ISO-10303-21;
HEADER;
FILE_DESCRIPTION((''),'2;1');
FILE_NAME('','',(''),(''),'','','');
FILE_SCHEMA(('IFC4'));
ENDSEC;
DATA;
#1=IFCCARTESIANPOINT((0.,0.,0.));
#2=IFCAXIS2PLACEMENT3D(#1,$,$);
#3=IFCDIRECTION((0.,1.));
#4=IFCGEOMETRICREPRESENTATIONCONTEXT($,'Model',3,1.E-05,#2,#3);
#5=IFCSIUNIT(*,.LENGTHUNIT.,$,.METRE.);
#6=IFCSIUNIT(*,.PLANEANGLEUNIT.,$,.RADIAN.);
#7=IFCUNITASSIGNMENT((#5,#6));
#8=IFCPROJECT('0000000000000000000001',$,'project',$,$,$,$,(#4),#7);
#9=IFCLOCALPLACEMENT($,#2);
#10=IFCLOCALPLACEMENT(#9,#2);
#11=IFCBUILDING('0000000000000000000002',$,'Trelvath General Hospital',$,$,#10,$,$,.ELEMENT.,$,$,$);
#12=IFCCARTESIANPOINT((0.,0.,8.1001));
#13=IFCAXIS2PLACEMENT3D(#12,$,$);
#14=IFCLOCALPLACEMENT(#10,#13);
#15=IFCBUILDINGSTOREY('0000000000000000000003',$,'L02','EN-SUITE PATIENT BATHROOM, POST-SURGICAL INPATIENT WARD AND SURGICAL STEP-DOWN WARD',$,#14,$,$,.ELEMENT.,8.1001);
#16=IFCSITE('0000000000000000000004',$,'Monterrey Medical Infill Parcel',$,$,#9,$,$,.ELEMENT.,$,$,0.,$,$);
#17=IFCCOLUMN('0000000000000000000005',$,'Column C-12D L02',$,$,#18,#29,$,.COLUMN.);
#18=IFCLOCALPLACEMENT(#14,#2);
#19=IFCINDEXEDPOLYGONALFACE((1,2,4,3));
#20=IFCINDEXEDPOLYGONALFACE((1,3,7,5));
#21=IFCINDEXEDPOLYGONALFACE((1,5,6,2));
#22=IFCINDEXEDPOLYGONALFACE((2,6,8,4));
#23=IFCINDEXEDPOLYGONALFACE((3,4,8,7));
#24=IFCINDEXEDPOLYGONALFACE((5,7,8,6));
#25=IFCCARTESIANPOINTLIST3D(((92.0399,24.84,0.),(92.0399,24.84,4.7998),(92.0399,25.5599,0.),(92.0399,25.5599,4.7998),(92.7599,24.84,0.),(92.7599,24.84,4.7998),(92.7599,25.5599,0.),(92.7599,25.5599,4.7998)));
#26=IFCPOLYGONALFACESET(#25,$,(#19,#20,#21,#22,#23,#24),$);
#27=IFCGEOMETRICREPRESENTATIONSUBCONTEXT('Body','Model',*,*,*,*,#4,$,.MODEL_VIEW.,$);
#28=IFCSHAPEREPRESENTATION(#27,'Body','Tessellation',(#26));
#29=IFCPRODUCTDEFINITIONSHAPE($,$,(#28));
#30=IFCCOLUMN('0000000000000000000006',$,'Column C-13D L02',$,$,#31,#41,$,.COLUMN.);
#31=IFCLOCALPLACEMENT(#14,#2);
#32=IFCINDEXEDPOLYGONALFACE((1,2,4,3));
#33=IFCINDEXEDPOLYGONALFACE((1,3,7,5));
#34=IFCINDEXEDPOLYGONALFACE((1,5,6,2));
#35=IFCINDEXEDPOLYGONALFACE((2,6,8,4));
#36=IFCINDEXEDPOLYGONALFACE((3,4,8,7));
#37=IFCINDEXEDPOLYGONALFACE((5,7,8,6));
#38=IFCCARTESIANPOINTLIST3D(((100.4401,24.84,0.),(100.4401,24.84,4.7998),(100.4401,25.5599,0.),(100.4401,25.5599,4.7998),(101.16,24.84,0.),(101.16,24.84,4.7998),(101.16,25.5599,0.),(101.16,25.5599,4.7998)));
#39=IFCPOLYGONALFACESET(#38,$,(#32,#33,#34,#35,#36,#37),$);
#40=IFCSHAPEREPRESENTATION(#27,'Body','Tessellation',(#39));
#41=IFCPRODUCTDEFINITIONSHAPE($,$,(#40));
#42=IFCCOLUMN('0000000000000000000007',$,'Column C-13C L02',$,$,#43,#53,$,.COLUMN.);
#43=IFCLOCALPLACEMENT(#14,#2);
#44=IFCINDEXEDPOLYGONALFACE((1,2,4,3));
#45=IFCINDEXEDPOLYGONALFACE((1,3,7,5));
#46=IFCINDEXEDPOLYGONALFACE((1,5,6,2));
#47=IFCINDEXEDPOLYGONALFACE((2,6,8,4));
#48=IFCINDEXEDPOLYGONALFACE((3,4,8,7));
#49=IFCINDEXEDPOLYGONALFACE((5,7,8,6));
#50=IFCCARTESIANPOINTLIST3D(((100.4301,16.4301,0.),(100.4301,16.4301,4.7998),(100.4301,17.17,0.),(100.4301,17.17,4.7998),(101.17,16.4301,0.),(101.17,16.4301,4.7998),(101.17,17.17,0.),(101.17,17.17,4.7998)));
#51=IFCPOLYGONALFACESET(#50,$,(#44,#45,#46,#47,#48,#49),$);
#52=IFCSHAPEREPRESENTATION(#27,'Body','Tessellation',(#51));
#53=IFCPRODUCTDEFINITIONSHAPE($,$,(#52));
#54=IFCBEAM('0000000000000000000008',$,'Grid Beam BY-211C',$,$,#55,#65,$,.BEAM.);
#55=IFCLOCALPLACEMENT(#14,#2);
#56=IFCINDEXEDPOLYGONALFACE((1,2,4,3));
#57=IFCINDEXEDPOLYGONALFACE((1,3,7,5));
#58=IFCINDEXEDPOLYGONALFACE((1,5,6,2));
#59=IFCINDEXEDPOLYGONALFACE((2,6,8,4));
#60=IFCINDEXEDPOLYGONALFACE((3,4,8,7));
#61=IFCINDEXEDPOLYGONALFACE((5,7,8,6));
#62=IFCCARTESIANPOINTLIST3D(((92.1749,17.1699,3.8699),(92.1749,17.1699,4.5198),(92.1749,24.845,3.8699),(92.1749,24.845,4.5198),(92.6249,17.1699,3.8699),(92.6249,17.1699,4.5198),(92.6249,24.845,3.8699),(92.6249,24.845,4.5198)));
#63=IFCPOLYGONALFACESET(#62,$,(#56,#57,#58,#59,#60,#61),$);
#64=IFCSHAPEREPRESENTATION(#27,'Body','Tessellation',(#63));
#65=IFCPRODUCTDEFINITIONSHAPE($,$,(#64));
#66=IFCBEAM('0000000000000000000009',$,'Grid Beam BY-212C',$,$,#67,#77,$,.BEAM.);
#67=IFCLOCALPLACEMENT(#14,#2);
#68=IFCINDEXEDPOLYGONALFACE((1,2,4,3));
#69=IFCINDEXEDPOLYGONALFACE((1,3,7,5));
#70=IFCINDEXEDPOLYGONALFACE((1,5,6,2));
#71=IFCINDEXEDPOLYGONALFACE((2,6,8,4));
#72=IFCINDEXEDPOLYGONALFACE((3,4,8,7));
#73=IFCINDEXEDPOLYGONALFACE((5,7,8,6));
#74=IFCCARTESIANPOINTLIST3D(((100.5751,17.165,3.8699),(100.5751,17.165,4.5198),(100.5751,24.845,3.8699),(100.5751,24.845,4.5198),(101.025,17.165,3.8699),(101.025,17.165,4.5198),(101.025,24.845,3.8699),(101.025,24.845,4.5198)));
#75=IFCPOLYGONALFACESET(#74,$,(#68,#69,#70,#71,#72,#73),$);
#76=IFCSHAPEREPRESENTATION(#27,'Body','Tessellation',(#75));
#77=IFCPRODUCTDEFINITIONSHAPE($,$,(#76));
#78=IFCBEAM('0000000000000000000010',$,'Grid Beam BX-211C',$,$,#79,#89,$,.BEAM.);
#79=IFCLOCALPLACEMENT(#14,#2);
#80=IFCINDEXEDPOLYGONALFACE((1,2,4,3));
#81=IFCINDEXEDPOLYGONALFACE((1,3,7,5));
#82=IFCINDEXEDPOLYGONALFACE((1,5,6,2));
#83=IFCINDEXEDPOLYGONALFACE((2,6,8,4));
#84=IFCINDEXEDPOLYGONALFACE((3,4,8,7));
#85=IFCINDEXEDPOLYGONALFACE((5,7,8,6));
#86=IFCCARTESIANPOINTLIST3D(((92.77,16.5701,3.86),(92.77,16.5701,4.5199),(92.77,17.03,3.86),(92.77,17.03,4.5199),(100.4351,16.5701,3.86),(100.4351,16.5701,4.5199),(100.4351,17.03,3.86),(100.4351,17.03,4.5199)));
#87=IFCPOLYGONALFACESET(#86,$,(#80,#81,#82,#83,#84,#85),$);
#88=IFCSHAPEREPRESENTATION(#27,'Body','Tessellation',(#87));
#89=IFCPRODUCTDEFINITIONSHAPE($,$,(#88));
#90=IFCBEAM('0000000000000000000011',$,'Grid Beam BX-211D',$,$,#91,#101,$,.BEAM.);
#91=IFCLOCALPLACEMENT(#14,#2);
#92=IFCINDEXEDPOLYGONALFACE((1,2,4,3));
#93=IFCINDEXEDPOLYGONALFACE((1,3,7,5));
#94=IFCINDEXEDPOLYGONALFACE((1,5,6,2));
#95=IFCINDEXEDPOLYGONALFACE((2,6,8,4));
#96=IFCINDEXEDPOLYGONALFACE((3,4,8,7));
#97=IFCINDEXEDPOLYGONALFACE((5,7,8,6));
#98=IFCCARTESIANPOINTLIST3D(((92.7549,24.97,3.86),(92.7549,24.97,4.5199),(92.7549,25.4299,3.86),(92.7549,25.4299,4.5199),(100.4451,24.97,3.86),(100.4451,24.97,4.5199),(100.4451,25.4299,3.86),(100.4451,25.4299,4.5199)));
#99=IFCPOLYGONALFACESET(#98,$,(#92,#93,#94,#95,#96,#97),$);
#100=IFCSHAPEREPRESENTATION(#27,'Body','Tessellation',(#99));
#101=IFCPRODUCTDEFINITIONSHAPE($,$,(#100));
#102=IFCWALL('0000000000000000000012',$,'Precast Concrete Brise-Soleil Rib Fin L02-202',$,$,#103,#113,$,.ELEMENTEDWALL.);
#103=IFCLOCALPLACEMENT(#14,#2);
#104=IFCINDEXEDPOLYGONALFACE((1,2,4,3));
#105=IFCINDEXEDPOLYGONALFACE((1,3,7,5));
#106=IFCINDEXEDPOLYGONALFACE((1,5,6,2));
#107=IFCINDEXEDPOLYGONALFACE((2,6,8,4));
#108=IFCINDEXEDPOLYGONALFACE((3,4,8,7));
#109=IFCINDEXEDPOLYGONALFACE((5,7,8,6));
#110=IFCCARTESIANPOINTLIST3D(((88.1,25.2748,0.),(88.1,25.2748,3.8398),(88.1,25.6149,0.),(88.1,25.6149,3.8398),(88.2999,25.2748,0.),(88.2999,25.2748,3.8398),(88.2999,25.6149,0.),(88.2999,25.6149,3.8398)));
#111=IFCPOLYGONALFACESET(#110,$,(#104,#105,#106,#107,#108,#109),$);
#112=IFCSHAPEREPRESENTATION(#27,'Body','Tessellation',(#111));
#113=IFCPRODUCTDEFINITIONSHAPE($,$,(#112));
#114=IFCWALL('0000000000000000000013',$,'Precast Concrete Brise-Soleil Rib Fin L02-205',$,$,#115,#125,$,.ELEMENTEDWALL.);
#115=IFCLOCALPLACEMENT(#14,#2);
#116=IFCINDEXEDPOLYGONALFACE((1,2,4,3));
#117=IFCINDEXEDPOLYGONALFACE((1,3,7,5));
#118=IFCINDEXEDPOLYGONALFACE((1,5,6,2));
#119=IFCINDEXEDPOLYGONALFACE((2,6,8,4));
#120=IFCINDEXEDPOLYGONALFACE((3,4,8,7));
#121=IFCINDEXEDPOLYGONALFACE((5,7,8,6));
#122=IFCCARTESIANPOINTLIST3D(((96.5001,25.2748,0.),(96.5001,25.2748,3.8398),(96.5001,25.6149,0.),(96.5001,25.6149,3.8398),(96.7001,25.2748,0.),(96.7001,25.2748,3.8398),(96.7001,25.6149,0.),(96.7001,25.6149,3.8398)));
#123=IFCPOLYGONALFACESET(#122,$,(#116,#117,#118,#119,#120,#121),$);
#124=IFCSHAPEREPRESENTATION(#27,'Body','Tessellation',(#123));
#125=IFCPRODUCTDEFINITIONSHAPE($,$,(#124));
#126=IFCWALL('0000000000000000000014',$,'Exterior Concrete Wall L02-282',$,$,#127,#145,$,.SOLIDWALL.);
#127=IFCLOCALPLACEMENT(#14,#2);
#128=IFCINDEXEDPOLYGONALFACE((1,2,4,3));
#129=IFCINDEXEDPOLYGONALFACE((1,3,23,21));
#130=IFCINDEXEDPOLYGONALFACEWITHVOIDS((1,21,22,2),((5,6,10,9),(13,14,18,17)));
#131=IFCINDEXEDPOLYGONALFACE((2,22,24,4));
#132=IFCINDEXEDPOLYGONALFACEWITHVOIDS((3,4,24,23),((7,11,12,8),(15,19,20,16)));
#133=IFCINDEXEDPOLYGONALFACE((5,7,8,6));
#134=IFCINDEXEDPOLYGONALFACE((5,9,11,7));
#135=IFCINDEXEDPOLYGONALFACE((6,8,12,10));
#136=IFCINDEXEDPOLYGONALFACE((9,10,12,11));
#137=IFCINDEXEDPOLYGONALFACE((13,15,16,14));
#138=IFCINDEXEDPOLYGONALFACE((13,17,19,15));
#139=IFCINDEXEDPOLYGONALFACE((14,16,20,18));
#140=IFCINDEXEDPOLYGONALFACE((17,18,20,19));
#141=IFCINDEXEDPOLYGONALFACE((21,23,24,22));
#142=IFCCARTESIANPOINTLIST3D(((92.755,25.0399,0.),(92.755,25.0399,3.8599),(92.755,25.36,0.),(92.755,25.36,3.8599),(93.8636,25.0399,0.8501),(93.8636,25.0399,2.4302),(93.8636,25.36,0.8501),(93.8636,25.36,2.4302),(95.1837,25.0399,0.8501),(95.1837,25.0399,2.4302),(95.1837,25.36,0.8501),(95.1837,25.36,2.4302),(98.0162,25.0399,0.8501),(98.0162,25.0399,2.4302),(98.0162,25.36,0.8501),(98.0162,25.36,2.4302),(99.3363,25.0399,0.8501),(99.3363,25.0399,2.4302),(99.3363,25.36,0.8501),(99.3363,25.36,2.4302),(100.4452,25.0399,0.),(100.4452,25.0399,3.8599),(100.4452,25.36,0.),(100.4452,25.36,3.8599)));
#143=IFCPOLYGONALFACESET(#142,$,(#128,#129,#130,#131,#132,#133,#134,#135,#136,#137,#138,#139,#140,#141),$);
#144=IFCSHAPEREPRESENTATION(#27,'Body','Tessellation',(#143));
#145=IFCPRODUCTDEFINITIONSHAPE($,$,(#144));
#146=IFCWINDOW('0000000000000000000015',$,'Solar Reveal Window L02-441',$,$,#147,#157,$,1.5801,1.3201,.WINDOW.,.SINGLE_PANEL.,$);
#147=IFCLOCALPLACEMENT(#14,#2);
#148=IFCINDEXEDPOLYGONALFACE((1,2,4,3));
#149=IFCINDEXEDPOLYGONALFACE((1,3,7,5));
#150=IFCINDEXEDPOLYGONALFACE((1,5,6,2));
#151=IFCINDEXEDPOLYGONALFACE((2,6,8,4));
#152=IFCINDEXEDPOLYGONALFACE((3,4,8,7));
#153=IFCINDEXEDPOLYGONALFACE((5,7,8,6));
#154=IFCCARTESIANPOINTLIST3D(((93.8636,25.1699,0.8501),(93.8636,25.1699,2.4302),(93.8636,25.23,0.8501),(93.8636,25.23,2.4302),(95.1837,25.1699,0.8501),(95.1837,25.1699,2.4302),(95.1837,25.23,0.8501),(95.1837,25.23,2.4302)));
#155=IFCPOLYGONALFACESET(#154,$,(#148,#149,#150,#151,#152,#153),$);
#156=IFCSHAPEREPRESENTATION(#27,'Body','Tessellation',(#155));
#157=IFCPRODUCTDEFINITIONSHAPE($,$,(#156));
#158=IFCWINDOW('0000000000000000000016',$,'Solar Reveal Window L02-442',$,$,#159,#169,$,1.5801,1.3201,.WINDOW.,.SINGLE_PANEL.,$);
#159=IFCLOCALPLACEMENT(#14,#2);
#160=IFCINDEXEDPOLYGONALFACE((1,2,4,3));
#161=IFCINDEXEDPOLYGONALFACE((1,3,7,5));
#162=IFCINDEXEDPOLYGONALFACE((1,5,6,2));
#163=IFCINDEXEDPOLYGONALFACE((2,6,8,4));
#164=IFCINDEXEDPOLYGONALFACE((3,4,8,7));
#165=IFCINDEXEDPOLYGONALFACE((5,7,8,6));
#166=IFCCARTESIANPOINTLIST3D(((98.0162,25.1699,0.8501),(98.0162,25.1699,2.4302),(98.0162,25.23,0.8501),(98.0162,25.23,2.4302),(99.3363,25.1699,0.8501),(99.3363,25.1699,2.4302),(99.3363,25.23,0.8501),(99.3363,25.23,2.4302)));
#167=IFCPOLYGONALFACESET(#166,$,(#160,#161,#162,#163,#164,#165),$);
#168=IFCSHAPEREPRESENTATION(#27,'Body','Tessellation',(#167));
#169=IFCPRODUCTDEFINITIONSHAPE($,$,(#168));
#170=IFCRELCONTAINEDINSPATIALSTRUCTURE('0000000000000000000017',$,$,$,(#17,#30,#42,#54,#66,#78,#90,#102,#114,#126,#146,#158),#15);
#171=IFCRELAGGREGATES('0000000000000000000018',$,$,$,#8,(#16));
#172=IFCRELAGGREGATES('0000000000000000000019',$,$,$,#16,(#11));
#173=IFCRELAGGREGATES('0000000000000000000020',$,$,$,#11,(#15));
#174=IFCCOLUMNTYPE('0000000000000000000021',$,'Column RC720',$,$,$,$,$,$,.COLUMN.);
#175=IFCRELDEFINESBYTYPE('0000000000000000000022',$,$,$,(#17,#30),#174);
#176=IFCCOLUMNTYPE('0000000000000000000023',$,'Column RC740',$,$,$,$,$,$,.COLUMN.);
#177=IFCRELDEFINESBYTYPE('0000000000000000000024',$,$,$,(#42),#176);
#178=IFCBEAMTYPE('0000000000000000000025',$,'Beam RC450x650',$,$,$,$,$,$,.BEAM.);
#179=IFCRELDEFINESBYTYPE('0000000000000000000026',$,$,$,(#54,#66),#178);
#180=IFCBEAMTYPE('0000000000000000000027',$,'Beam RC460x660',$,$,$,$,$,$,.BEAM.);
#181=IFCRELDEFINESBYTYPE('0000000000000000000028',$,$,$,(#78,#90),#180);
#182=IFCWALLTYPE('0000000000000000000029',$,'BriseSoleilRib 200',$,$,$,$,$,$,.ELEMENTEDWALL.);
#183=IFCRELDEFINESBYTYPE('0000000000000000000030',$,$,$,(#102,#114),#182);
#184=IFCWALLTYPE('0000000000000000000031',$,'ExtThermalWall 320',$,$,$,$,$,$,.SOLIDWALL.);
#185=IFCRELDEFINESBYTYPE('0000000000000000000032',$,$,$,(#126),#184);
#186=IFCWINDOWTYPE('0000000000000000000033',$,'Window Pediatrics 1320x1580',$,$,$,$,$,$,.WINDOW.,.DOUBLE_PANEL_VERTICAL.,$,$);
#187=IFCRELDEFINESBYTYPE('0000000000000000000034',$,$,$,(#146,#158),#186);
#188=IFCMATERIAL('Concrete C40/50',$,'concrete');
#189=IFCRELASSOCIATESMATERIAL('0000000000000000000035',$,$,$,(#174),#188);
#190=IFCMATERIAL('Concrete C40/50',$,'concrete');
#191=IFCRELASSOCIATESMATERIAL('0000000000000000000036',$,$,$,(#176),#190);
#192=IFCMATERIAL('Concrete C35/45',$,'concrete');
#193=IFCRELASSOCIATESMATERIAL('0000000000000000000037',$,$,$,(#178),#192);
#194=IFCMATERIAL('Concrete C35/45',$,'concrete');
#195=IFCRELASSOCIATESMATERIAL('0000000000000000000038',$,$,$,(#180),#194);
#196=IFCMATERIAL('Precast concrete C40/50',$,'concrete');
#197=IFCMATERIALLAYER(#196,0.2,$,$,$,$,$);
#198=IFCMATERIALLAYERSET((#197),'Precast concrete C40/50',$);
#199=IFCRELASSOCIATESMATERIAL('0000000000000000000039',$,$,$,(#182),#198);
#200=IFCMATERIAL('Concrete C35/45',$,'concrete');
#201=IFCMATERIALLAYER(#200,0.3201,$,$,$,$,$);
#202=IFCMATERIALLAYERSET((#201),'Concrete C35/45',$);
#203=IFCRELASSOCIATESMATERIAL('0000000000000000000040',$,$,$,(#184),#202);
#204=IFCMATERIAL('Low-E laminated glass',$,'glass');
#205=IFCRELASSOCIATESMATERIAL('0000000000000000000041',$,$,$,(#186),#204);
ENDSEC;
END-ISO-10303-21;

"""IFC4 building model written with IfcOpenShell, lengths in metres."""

from ifc_helpers import new_model, si_unit, direction, frame, frame_2d, origin, origin_2d, place, context, subcontext, project, spatial, rectangle, extrude, material, layer, layer_set, material_profile, profile_set, type_object, element, fill, save


model = new_model("IFC4")

# Units and contexts
model_context = context("Model", 3, precision=1e-05, world=origin(), true_north=direction((0.0, 1.0)))
body_context = subcontext(model_context, "Body", "Model", "MODEL_VIEW")
ifc_project = project(units=[si_unit("LENGTHUNIT", "METRE"), si_unit("PLANEANGLEUNIT", "RADIAN")], contexts=[model_context])

# Site, building, storey
site_placement = place(None, origin())
site = spatial("IfcSite", under=ifc_project, at=site_placement, Name="Monterrey Medical Infill Parcel", CompositionType="ELEMENT", RefElevation=0.0)
building_placement = place(site_placement, origin())
building = spatial("IfcBuilding", under=site, at=building_placement, Name="Trelvath General Hospital", CompositionType="ELEMENT")
storey_placement = place(building_placement, frame((0.0, 0.0, 8.1001)))
storey = spatial("IfcBuildingStorey", under=building, at=storey_placement, Name="L02", Description="EN-SUITE PATIENT BATHROOM, POST-SURGICAL INPATIENT WARD AND SURGICAL STEP-DOWN WARD", CompositionType="ELEMENT", Elevation=8.1001)

# Columns
ifc_material_1 = material(Name="Concrete C40/50", Category="concrete")
ifc_material_profile_1 = material_profile(ifc_material_1, rectangle(XDim=0.72, YDim=0.72, at=origin_2d()), Name="RC720x720")
ifc_profile_set_1 = profile_set([ifc_material_profile_1], Name="Concrete C40/50")
column_type_1 = type_object("IfcColumnType", Name="Column RC720", PredefinedType="COLUMN", material=ifc_profile_set_1)
for number, where, z_axis, x_axis, name in (
    (1, (92.3999, 25.2, 0.0), (0.0, 0.0, 1.0), (1.0, 0.0, 0.0), "Column C-12D L02"),
    (2, (100.8, 25.2, 0.0), (0.0, 0.0, 1.0), (1.0, 0.0, 0.0), "Column C-13D L02"),
):
    element("IfcColumn", number, at=place(storey_placement, frame(where, z_axis=z_axis, x_axis=x_axis)), inside=storey, type_object=column_type_1, Name=name, PredefinedType="COLUMN", context=body_context, shape_type="SweptSolid", body=[
        extrude(rectangle(XDim=0.72, YDim=0.72, at=origin_2d()), origin(), (0.0, 0.0, 1.0), 4.7998),
    ])
ifc_material_2 = material(Name="Concrete C40/50", Category="concrete")
ifc_material_profile_2 = material_profile(ifc_material_2, rectangle(XDim=0.74, YDim=0.74, at=origin_2d()), Name="RC740x740")
ifc_profile_set_2 = profile_set([ifc_material_profile_2], Name="Concrete C40/50")
column_type_2 = type_object("IfcColumnType", Name="Column RC740", PredefinedType="COLUMN", material=ifc_profile_set_2)
column_placement = place(storey_placement, frame((100.8, 16.8, 0.0), z_axis=(0.0, 0.0, 1.0), x_axis=(1.0, 0.0, 0.0)))
element("IfcColumn", 3, at=column_placement, inside=storey, type_object=column_type_2, Name="Column C-13C L02", PredefinedType="COLUMN", context=body_context, shape_type="SweptSolid", body=[
    extrude(rectangle(XDim=0.74, YDim=0.74, at=origin_2d()), origin(), (0.0, 0.0, 1.0), 4.7998),
])

# Beams
ifc_material_3 = material(Name="Concrete C35/45", Category="concrete")
ifc_material_profile_3 = material_profile(ifc_material_3, rectangle(XDim=0.45, YDim=0.6499, at=origin_2d()), Name="RCB450x650")
ifc_profile_set_3 = profile_set([ifc_material_profile_3], Name="Concrete C35/45")
beam_type_1 = type_object("IfcBeamType", Name="Beam RC450x650", PredefinedType="BEAM", material=ifc_profile_set_3)
beam_1_placement = place(storey_placement, frame((92.3999, 17.1699, 4.1948), z_axis=(0.0, 1.0, 0.0), x_axis=(-1.0, 0.0, 0.0)))
element("IfcBeam", 4, at=beam_1_placement, inside=storey, type_object=beam_type_1, Name="Grid Beam BY-211C", PredefinedType="BEAM", context=body_context, shape_type="SweptSolid", body=[
    extrude(rectangle(XDim=0.45, YDim=0.6499, at=origin_2d()), origin(), (0.0, 0.0, 1.0), 7.675),
])
beam_2_placement = place(storey_placement, frame((100.8, 17.165, 4.1948), z_axis=(0.0, 1.0, 0.0), x_axis=(-1.0, 0.0, 0.0)))
element("IfcBeam", 5, at=beam_2_placement, inside=storey, type_object=beam_type_1, Name="Grid Beam BY-212C", PredefinedType="BEAM", context=body_context, shape_type="SweptSolid", body=[
    extrude(rectangle(XDim=0.45, YDim=0.6499, at=origin_2d()), origin(), (0.0, 0.0, 1.0), 7.6799),
])
ifc_material_4 = material(Name="Concrete C35/45", Category="concrete")
ifc_material_profile_4 = material_profile(ifc_material_4, rectangle(XDim=0.46, YDim=0.6599, at=origin_2d()), Name="RCB460x660")
ifc_profile_set_4 = profile_set([ifc_material_profile_4], Name="Concrete C35/45")
beam_type_2 = type_object("IfcBeamType", Name="Beam RC460x660", PredefinedType="BEAM", material=ifc_profile_set_4)
beam_3_placement = place(storey_placement, frame((92.77, 16.8, 4.1899), z_axis=(1.0, 0.0, 0.0), x_axis=(0.0, 1.0, 0.0)))
element("IfcBeam", 6, at=beam_3_placement, inside=storey, type_object=beam_type_2, Name="Grid Beam BX-211C", PredefinedType="BEAM", context=body_context, shape_type="SweptSolid", body=[
    extrude(rectangle(XDim=0.46, YDim=0.6599, at=origin_2d()), origin(), (0.0, 0.0, 1.0), 7.665),
])
beam_4_placement = place(storey_placement, frame((92.7549, 25.2, 4.1899), z_axis=(1.0, 0.0, 0.0), x_axis=(0.0, 1.0, 0.0)))
element("IfcBeam", 7, at=beam_4_placement, inside=storey, type_object=beam_type_2, Name="Grid Beam BX-211D", PredefinedType="BEAM", context=body_context, shape_type="SweptSolid", body=[
    extrude(rectangle(XDim=0.46, YDim=0.6599, at=origin_2d()), origin(), (0.0, 0.0, 1.0), 7.6902),
])

# Walls
ifc_material_5 = material(Name="Precast concrete C40/50", Category="concrete")
ifc_layer_1 = layer(ifc_material_5, 0.2)
ifc_layer_set_1 = layer_set([ifc_layer_1], Name="Precast concrete C40/50")
wall_type_1 = type_object("IfcWallType", Name="BriseSoleilRib 200", PredefinedType="ELEMENTEDWALL", material=ifc_layer_set_1)
for number, where, z_axis, x_axis, name in (
    (8, (88.2, 25.2749, 0.0), (0.0, 0.0, 1.0), (0.0, 1.0, 0.0), "Precast Concrete Brise-Soleil Rib Fin L02-202"),
    (9, (96.6001, 25.2749, 0.0), (0.0, 0.0, 1.0), (0.0, 1.0, 0.0), "Precast Concrete Brise-Soleil Rib Fin L02-205"),
):
    element("IfcWall", number, at=place(storey_placement, frame(where, z_axis=z_axis, x_axis=x_axis)), inside=storey, type_object=wall_type_1, Name=name, PredefinedType="ELEMENTEDWALL", context=body_context, shape_type="SweptSolid", body=[
        extrude(rectangle(XDim=0.3401, YDim=0.2, at=frame_2d((0.1699, 0.0))), origin(), (0.0, 0.0, 1.0), 3.8398),
    ])

# Wall, openings, windows
ifc_material_6 = material(Name="Concrete C35/45", Category="concrete")
ifc_layer_2 = layer(ifc_material_6, 0.3201)
ifc_layer_set_2 = layer_set([ifc_layer_2], Name="Concrete C35/45")
wall_type_2 = type_object("IfcWallType", Name="ExtThermalWall 320", PredefinedType="SOLIDWALL", material=ifc_layer_set_2)
wall_1_placement = place(storey_placement, frame((92.7549, 25.2, 0.0), z_axis=(0.0, 0.0, 1.0), x_axis=(1.0, 0.0, 0.0)))
wall_1 = element("IfcWall", 10, at=wall_1_placement, inside=storey, type_object=wall_type_2, Name="Exterior Concrete Wall L02-282", PredefinedType="SOLIDWALL", context=body_context, shape_type="SweptSolid", body=[
    extrude(rectangle(XDim=7.6902, YDim=0.3201, at=frame_2d((3.8452, 0.0))), origin(), (0.0, 0.0, 1.0), 3.8599),
])
opening_1_placement = place(wall_1_placement, frame((1.1086, 0.0, 0.8501)))
opening_1 = element("IfcOpeningElement", 11, at=opening_1_placement, cuts=wall_1, PredefinedType="OPENING", context=body_context, shape_type="SweptSolid", body=[
    extrude(rectangle(XDim=1.3201, YDim=1.5801, at=frame_2d((0.6602, 0.79))), frame((0.0, 0.1699, 0.0), z_axis=(0.0, -1.0, 0.0), x_axis=(1.0, 0.0, 0.0)), (0.0, 0.0, 1.0), 0.3401),
])
opening_2_placement = place(wall_1_placement, frame((5.2612, 0.0, 0.8501)))
opening_2 = element("IfcOpeningElement", 12, at=opening_2_placement, cuts=wall_1, PredefinedType="OPENING", context=body_context, shape_type="SweptSolid", body=[
    extrude(rectangle(XDim=1.3201, YDim=1.5801, at=frame_2d((0.6602, 0.79))), frame((0.0, 0.1699, 0.0), z_axis=(0.0, -1.0, 0.0), x_axis=(1.0, 0.0, 0.0)), (0.0, 0.0, 1.0), 0.3401),
])
ifc_material_7 = material(Name="Low-E laminated glass", Category="glass")
window_type = type_object("IfcWindowType", Name="Window Pediatrics 1320x1580", PartitioningType="DOUBLE_PANEL_VERTICAL", PredefinedType="WINDOW", material=ifc_material_7)
window_1_placement = place(opening_1_placement, origin())
window_1 = element("IfcWindow", 13, at=window_1_placement, inside=storey, type_object=window_type, Name="Solar Reveal Window L02-441", OverallHeight=1.5801, OverallWidth=1.3201, PartitioningType="SINGLE_PANEL", PredefinedType="WINDOW", context=body_context, shape_type="SweptSolid", body=[
    extrude(rectangle(XDim=1.3201, YDim=1.5801, at=frame_2d((0.6602, 0.79))), frame((0.0, 0.03, 0.0), z_axis=(0.0, -1.0, 0.0), x_axis=(1.0, 0.0, 0.0)), (0.0, 0.0, 1.0), 0.0601),
])
fill(opening_1, window_1)
window_2_placement = place(opening_2_placement, origin())
window_2 = element("IfcWindow", 14, at=window_2_placement, inside=storey, type_object=window_type, Name="Solar Reveal Window L02-442", OverallHeight=1.5801, OverallWidth=1.3201, PartitioningType="SINGLE_PANEL", PredefinedType="WINDOW", context=body_context, shape_type="SweptSolid", body=[
    extrude(rectangle(XDim=1.3201, YDim=1.5801, at=frame_2d((0.6602, 0.79))), frame((0.0, 0.03, 0.0), z_axis=(0.0, -1.0, 0.0), x_axis=(1.0, 0.0, 0.0)), (0.0, 0.0, 1.0), 0.0601),
])
fill(opening_2, window_2)

save(model, "model.ifc")
